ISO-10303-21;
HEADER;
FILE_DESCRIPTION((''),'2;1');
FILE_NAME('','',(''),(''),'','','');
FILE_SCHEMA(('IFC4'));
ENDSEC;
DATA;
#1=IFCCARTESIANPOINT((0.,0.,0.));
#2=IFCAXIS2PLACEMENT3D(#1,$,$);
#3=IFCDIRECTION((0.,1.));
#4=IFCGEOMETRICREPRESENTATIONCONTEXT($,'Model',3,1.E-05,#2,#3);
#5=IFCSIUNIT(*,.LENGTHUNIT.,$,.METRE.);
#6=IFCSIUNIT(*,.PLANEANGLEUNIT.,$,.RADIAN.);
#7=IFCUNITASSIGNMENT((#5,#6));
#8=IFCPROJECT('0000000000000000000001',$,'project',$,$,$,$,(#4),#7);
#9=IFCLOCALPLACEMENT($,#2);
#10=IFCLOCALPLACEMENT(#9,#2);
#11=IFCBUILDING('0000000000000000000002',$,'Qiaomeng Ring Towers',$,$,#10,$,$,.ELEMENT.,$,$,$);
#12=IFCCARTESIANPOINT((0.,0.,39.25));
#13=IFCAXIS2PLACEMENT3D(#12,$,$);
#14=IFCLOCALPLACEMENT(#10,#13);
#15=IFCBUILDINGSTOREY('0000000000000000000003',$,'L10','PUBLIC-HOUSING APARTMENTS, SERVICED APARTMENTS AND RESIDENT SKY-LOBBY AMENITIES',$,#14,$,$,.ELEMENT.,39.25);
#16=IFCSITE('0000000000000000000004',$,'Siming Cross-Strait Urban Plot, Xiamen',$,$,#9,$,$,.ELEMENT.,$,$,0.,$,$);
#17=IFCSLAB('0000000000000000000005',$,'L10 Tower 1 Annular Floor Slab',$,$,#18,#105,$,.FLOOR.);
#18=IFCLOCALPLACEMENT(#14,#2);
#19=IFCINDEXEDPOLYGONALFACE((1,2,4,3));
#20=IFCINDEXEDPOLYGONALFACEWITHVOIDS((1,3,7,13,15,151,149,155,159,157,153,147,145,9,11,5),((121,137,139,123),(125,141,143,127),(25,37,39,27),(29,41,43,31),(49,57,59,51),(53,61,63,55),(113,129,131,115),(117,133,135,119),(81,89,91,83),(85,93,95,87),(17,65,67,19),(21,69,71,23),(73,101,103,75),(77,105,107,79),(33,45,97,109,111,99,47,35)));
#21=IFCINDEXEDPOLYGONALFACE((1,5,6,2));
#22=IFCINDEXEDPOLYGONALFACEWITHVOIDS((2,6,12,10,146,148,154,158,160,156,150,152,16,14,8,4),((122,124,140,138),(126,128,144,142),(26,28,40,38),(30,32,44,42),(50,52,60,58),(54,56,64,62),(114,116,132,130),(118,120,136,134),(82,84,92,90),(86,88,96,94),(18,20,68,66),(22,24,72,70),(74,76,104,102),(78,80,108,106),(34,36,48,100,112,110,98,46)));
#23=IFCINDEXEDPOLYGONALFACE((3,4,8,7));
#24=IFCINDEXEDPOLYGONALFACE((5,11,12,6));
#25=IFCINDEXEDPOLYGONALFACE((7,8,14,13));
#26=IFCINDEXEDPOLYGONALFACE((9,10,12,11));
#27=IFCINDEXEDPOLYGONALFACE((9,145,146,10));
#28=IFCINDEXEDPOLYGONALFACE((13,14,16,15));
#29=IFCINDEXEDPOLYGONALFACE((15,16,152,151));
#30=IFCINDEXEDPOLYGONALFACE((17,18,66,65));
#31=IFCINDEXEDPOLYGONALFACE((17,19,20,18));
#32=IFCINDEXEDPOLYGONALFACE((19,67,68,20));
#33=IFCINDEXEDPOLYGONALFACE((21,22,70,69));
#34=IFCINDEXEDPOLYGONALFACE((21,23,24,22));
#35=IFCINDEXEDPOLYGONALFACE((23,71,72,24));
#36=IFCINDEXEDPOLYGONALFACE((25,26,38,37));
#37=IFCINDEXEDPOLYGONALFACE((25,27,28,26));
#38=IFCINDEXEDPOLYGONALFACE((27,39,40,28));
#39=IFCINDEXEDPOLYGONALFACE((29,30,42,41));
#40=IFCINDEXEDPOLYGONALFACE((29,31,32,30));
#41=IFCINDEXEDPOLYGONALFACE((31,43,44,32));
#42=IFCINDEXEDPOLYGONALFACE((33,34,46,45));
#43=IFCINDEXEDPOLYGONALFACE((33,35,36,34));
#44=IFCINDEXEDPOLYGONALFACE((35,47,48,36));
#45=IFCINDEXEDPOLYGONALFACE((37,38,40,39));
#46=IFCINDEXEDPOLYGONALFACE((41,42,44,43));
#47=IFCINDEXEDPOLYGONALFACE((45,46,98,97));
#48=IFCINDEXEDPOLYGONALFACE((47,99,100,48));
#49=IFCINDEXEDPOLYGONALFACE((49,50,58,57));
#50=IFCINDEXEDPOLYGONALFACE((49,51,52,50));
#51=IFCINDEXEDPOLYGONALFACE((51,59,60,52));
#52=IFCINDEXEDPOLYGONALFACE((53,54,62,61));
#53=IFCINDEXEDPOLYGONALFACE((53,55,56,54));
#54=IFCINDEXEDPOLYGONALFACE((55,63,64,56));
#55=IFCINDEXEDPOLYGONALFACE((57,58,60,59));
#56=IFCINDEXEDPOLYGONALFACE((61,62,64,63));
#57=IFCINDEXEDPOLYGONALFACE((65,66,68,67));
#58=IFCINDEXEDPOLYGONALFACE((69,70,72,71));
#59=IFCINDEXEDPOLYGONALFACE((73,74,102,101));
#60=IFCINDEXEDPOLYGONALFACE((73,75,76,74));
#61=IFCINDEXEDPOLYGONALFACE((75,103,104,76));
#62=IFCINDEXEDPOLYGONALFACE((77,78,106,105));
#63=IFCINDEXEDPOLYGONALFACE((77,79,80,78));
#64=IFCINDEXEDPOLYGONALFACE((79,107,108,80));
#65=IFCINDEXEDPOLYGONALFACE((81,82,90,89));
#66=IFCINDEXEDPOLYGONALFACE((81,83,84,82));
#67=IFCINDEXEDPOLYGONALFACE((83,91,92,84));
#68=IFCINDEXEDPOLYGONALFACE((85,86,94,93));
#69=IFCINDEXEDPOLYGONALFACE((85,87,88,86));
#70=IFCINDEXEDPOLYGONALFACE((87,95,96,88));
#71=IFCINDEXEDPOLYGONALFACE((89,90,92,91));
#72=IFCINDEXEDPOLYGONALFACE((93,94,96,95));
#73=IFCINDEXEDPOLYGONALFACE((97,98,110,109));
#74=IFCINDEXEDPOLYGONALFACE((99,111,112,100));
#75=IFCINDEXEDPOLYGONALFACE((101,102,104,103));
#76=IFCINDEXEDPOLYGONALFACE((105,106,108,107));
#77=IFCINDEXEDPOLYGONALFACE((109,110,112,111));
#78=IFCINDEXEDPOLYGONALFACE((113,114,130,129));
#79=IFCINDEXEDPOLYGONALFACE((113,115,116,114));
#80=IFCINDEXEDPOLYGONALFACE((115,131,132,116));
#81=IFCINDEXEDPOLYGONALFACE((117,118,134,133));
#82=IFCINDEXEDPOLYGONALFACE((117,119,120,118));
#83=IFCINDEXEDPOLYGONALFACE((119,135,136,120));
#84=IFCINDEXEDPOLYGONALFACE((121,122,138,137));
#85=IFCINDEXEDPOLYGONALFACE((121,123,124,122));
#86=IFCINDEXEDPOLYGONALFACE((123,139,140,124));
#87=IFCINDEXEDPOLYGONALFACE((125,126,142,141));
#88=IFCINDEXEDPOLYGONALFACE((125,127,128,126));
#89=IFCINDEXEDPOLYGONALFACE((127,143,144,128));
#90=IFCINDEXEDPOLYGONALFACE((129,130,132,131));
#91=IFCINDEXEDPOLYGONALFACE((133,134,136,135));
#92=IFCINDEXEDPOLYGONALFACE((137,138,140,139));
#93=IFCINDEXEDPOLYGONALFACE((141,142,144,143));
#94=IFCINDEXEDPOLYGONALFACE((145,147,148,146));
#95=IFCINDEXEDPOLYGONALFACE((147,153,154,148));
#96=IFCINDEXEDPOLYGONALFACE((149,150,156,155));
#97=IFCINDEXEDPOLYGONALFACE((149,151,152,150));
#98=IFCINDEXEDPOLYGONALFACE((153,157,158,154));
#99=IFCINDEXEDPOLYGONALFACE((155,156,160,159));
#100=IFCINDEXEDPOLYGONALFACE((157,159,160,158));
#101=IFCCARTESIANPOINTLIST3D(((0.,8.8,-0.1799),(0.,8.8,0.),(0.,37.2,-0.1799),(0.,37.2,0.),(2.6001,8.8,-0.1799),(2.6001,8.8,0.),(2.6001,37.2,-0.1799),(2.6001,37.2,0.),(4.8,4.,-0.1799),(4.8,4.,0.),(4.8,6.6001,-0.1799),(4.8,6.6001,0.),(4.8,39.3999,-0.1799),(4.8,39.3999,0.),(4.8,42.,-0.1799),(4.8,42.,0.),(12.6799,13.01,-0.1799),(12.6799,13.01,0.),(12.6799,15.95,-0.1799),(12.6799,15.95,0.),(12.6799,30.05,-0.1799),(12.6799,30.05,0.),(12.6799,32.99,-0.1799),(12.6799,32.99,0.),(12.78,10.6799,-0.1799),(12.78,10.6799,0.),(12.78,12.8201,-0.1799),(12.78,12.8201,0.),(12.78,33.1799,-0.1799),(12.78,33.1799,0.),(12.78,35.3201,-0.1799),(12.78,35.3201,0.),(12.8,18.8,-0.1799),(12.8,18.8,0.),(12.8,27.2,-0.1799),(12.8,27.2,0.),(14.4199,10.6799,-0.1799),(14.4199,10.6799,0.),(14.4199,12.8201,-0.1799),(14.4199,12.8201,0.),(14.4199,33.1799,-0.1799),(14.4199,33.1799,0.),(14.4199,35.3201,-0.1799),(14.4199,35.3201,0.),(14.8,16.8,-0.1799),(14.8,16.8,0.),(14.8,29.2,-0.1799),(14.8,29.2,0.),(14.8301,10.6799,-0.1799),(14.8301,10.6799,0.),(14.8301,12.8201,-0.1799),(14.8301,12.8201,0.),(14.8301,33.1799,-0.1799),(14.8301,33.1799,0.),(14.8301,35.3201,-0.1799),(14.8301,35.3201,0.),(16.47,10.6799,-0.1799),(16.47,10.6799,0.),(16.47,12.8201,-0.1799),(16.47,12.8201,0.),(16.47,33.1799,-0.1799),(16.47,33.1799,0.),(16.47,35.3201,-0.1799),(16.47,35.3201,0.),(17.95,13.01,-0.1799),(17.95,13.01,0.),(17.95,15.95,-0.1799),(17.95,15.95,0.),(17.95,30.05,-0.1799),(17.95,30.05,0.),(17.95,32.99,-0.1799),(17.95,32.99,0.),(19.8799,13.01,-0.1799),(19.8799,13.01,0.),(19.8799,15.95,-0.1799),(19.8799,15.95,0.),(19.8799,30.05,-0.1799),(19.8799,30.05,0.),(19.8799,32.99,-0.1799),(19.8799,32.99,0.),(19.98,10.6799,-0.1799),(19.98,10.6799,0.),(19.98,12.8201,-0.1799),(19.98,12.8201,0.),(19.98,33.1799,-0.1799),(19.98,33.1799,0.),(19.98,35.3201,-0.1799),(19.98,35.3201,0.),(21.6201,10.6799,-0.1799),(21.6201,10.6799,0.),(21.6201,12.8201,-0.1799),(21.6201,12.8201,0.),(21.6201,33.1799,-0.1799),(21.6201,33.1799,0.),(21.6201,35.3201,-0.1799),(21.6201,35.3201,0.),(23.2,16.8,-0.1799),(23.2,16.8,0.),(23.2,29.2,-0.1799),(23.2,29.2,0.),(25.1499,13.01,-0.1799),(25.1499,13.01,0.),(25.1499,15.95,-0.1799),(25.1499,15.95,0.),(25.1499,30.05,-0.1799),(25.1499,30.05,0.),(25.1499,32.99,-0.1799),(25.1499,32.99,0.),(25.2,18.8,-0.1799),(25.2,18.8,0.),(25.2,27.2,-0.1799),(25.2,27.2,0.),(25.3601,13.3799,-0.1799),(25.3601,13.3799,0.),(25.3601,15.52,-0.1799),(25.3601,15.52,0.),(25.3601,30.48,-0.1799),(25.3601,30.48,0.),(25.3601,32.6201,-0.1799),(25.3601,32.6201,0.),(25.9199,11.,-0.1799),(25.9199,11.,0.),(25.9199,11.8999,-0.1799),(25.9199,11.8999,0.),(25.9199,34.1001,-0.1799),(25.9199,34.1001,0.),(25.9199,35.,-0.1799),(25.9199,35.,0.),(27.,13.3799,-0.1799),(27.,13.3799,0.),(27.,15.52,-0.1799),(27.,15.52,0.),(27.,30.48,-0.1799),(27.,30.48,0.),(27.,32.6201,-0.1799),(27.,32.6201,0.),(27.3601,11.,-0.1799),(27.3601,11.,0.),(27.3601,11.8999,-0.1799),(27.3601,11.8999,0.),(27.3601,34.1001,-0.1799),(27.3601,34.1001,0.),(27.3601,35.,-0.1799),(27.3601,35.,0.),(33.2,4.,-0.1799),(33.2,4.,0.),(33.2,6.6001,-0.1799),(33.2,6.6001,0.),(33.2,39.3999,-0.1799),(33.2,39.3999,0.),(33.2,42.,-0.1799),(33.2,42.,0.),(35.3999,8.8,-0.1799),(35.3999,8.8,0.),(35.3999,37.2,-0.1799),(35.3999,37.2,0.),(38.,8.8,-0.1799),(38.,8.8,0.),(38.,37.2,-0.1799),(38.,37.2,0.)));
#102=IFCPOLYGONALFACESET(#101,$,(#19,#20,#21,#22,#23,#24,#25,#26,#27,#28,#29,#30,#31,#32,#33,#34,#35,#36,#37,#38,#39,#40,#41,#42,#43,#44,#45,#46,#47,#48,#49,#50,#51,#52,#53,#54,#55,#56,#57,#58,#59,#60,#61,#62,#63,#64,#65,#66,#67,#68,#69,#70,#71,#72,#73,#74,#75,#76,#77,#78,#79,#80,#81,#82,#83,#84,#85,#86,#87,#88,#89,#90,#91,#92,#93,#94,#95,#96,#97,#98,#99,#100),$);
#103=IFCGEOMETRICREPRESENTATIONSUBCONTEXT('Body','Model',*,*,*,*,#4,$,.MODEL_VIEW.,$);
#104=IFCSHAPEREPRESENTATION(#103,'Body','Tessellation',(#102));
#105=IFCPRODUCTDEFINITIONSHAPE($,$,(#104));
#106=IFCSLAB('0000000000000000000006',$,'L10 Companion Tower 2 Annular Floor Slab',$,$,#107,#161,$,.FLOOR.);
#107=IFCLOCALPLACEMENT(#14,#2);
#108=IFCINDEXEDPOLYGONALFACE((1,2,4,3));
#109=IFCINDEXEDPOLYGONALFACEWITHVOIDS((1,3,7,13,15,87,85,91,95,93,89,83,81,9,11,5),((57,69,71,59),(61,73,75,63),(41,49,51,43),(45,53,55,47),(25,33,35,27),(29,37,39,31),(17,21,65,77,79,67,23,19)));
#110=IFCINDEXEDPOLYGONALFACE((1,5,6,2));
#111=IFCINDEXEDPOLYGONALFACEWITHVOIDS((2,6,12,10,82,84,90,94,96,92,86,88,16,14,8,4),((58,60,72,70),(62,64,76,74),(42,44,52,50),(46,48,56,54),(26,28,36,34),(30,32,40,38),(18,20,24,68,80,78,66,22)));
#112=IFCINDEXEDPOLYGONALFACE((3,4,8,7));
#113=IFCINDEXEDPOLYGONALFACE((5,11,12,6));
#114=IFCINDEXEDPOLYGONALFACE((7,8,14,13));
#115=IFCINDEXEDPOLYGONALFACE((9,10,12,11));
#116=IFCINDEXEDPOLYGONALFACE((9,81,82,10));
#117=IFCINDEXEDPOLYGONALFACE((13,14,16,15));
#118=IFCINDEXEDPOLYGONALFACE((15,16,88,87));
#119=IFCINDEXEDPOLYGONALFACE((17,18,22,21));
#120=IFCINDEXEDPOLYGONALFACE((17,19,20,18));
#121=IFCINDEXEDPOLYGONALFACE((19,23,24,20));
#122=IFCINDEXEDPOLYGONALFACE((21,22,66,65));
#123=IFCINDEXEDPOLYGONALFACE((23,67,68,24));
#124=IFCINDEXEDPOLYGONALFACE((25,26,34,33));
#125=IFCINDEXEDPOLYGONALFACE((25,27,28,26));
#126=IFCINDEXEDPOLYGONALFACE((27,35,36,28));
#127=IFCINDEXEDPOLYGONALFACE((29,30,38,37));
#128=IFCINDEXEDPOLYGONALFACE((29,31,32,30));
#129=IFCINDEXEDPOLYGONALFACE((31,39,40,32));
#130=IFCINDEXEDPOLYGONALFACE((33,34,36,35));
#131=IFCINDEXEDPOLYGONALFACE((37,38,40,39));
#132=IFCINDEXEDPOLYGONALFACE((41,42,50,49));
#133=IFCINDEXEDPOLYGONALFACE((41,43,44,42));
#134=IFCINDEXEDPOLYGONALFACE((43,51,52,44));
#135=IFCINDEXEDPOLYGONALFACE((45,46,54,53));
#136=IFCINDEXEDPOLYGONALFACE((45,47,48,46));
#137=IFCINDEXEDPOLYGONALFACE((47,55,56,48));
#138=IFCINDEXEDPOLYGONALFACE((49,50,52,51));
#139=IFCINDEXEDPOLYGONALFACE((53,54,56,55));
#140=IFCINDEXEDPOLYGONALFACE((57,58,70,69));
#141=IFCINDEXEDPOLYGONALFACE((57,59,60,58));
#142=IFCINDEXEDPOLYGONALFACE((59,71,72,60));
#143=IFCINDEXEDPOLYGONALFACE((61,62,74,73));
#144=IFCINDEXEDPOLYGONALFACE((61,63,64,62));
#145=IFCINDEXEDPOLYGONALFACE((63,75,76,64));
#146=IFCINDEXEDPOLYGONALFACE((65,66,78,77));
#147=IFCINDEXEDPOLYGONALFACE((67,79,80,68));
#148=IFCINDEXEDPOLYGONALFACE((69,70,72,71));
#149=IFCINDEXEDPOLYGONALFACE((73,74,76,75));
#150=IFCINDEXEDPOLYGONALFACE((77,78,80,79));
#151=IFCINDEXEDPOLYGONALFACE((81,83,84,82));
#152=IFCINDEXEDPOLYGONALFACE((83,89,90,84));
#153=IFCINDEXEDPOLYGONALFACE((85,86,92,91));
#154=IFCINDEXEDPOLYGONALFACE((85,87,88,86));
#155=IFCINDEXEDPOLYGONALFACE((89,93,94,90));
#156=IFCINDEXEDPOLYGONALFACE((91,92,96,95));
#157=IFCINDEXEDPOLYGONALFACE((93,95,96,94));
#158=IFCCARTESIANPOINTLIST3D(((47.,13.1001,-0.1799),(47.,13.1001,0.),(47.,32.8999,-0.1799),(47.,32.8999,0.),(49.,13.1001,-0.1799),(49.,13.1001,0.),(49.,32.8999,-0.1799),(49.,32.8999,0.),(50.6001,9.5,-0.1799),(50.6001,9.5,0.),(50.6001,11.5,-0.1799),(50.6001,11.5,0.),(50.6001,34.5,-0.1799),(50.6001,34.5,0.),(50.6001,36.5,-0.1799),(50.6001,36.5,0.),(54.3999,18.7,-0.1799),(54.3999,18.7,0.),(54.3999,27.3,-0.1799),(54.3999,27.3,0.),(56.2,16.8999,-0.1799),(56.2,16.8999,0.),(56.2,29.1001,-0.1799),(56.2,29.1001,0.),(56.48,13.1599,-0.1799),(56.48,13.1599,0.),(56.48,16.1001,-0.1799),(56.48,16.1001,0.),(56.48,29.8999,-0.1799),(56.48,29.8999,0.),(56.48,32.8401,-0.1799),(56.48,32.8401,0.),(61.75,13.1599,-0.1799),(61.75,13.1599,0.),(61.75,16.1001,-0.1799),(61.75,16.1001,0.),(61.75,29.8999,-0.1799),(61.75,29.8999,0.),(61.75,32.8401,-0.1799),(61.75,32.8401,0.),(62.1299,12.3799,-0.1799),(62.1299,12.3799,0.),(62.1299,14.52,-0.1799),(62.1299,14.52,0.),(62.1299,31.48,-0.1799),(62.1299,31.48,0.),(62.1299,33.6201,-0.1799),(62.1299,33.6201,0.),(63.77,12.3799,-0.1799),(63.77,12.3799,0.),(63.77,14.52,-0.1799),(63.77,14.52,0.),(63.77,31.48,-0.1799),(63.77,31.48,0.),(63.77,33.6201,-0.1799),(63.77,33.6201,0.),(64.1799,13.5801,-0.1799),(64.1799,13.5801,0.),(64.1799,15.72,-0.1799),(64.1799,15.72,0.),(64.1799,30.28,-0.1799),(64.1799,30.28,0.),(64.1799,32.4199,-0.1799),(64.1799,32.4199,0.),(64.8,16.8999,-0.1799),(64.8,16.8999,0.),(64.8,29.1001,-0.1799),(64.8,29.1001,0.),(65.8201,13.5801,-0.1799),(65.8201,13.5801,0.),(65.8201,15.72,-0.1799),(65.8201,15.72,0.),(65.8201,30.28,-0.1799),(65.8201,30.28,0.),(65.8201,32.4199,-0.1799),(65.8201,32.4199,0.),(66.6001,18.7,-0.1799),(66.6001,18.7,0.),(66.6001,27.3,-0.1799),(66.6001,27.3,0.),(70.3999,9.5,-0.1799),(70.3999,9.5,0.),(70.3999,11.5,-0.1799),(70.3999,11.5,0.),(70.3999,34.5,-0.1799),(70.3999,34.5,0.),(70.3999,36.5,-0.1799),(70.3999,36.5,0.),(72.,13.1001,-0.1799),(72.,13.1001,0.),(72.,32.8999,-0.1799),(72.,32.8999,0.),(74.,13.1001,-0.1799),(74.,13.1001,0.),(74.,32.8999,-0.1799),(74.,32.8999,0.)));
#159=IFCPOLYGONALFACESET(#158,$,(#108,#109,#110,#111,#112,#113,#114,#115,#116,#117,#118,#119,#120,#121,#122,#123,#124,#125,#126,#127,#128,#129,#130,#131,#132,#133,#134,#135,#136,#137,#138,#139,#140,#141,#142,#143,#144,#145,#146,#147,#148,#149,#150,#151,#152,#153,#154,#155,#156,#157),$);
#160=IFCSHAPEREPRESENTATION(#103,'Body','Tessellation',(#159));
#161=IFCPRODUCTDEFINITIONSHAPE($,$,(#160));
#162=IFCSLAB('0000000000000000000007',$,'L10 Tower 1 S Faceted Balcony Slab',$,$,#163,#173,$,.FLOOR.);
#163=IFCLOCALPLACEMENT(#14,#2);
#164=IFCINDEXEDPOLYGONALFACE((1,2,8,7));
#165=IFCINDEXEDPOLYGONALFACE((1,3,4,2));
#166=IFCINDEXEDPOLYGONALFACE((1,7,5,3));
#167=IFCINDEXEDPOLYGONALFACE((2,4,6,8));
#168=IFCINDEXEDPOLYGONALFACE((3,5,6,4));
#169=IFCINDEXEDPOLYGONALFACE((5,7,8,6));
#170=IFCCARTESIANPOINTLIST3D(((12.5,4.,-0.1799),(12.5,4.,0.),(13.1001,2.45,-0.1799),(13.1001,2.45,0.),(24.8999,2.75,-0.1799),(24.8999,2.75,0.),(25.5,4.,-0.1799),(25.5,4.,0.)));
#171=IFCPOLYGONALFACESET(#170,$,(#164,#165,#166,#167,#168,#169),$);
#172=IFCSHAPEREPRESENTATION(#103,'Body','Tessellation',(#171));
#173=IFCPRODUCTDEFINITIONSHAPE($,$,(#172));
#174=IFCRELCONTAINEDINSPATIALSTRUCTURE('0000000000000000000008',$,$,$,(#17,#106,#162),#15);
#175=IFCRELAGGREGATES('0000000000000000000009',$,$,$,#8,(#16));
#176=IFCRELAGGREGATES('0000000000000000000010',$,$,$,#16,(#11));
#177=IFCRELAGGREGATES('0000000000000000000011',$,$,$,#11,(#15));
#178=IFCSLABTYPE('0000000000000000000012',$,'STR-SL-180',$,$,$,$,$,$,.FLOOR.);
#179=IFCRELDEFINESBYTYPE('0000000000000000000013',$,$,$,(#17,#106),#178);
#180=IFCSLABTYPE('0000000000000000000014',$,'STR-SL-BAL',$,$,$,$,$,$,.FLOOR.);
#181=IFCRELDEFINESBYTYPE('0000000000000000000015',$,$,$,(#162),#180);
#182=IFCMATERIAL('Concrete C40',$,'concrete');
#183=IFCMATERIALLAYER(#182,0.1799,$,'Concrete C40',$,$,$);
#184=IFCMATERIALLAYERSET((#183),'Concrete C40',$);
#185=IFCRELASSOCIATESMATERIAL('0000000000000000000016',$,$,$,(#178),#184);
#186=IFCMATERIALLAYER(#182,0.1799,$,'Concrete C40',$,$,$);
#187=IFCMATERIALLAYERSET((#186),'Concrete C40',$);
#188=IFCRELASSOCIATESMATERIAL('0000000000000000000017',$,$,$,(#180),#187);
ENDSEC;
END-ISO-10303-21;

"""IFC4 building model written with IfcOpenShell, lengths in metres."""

from ifc_helpers import new_model, si_unit, direction, frame, origin, place, context, subcontext, project, spatial, polyline, outline, extrude, material, layer, layer_set, type_object, element, save


model = new_model("IFC4")

# Units and contexts
model_context = context("Model", 3, precision=1e-05, world=origin(), true_north=direction((0.0, 1.0)))
body_context = subcontext(model_context, "Body", "Model", "MODEL_VIEW")
ifc_project = project(units=[si_unit("LENGTHUNIT", "METRE"), si_unit("PLANEANGLEUNIT", "RADIAN")], contexts=[model_context])

# Site, building, storey
site_placement = place(None, origin())
site = spatial("IfcSite", under=ifc_project, at=site_placement, Name="Siming Cross-Strait Urban Plot, Xiamen", CompositionType="ELEMENT", RefElevation=0.0)
building_placement = place(site_placement, origin())
building = spatial("IfcBuilding", under=site, at=building_placement, Name="Qiaomeng Ring Towers", CompositionType="ELEMENT")
storey_placement = place(building_placement, frame((0.0, 0.0, 39.25)))
storey = spatial("IfcBuildingStorey", under=building, at=storey_placement, Name="L10", Description="PUBLIC-HOUSING APARTMENTS, SERVICED APARTMENTS AND RESIDENT SKY-LOBBY AMENITIES", CompositionType="ELEMENT", Elevation=39.25)

# Slabs
ifc_material_1 = material(Name="Concrete C40", Category="concrete")
ifc_layer_1 = layer(ifc_material_1, 0.1799, Name="Concrete C40")
ifc_layer_set_1 = layer_set([ifc_layer_1], Name="Concrete C40")
slab_type_1 = type_object("IfcSlabType", Name="STR-SL-180", PredefinedType="FLOOR", material=ifc_layer_set_1)
slab_1_placement = place(storey_placement, frame((0.0, 0.0, -0.1799)))
element("IfcSlab", 1, at=slab_1_placement, inside=storey, type_object=slab_type_1, Name="L10 Tower 1 Annular Floor Slab", PredefinedType="FLOOR", context=body_context, shape_type="SweptSolid", body=[
    extrude(outline(polyline([(4.8, 4.0), (33.2, 4.0), (33.2, 6.6001), (35.3999, 8.8), (38.0, 8.8), (38.0, 37.2), (35.3999, 37.2), (33.2, 39.3999), (33.2, 42.0), (4.8, 42.0), (4.8, 39.3999), (2.6001, 37.2), (0.0, 37.2), (0.0, 8.8), (2.6001, 8.8), (4.8, 6.6001), (4.8, 4.0)]), holes=[polyline([(12.78, 10.6799), (12.78, 12.8201), (14.4199, 12.8201), (14.4199, 10.6799), (12.78, 10.6799)]), polyline([(14.8301, 12.8201), (16.47, 12.8201), (16.47, 10.6799), (14.8301, 10.6799), (14.8301, 12.8201)]), polyline([(12.6799, 15.95), (17.95, 15.95), (17.95, 13.01), (12.6799, 13.01), (12.6799, 15.95)]), polyline([(25.2, 27.2), (25.2, 18.8), (23.2, 16.8), (14.8, 16.8), (12.8, 18.8), (12.8, 27.2), (14.8, 29.2), (23.2, 29.2), (25.2, 27.2)]), polyline([(12.6799, 32.99), (17.95, 32.99), (17.95, 30.05), (12.6799, 30.05), (12.6799, 32.99)]), polyline([(12.78, 35.3201), (14.4199, 35.3201), (14.4199, 33.1799), (12.78, 33.1799), (12.78, 35.3201)]), polyline([(14.8301, 35.3201), (16.47, 35.3201), (16.47, 33.1799), (14.8301, 33.1799), (14.8301, 35.3201)]), polyline([(19.98, 35.3201), (21.6201, 35.3201), (21.6201, 33.1799), (19.98, 33.1799), (19.98, 35.3201)]), polyline([(25.9199, 11.8999), (27.3601, 11.8999), (27.3601, 11.0), (25.9199, 11.0), (25.9199, 11.8999)]), polyline([(19.98, 12.8201), (21.6201, 12.8201), (21.6201, 10.6799), (19.98, 10.6799), (19.98, 12.8201)]), polyline([(25.3601, 15.52), (27.0, 15.52), (27.0, 13.3799), (25.3601, 13.3799), (25.3601, 15.52)]), polyline([(19.8799, 15.95), (25.1499, 15.95), (25.1499, 13.01), (19.8799, 13.01), (19.8799, 15.95)]), polyline([(19.8799, 32.99), (25.1499, 32.99), (25.1499, 30.05), (19.8799, 30.05), (19.8799, 32.99)]), polyline([(25.3601, 32.6201), (27.0, 32.6201), (27.0, 30.48), (25.3601, 30.48), (25.3601, 32.6201)]), polyline([(25.9199, 35.0), (27.3601, 35.0), (27.3601, 34.1001), (25.9199, 34.1001), (25.9199, 35.0)])]), origin(), (0.0, 0.0, 1.0), 0.1799),
])
slab_2_placement = place(storey_placement, frame((0.0, 0.0, -0.1799)))
element("IfcSlab", 2, at=slab_2_placement, inside=storey, type_object=slab_type_1, Name="L10 Companion Tower 2 Annular Floor Slab", PredefinedType="FLOOR", context=body_context, shape_type="SweptSolid", body=[
    extrude(outline(polyline([(50.6001, 9.5), (70.3999, 9.5), (70.3999, 11.5), (72.0, 13.1001), (74.0, 13.1001), (74.0, 32.8999), (72.0, 32.8999), (70.3999, 34.5), (70.3999, 36.5), (50.6001, 36.5), (50.6001, 34.5), (49.0, 32.8999), (47.0, 32.8999), (47.0, 13.1001), (49.0, 13.1001), (50.6001, 11.5), (50.6001, 9.5)]), holes=[polyline([(62.1299, 12.3799), (62.1299, 14.52), (63.77, 14.52), (63.77, 12.3799), (62.1299, 12.3799)]), polyline([(56.48, 13.1599), (56.48, 16.1001), (61.75, 16.1001), (61.75, 13.1599), (56.48, 13.1599)]), polyline([(64.1799, 13.5801), (64.1799, 15.72), (65.8201, 15.72), (65.8201, 13.5801), (64.1799, 13.5801)]), polyline([(64.8, 29.1001), (66.6001, 27.3), (66.6001, 18.7), (64.8, 16.8999), (56.2, 16.8999), (54.3999, 18.7), (54.3999, 27.3), (56.2, 29.1001), (64.8, 29.1001)]), polyline([(64.1799, 30.28), (64.1799, 32.4199), (65.8201, 32.4199), (65.8201, 30.28), (64.1799, 30.28)]), polyline([(56.48, 32.8401), (61.75, 32.8401), (61.75, 29.8999), (56.48, 29.8999), (56.48, 32.8401)]), polyline([(62.1299, 33.6201), (63.77, 33.6201), (63.77, 31.48), (62.1299, 31.48), (62.1299, 33.6201)])]), origin(), (0.0, 0.0, 1.0), 0.1799),
])
ifc_layer_2 = layer(ifc_material_1, 0.1799, Name="Concrete C40")
ifc_layer_set_2 = layer_set([ifc_layer_2], Name="Concrete C40")
slab_type_2 = type_object("IfcSlabType", Name="STR-SL-BAL", PredefinedType="FLOOR", material=ifc_layer_set_2)
slab_3_placement = place(storey_placement, frame((0.0, 0.0, -0.1799)))
element("IfcSlab", 3, at=slab_3_placement, inside=storey, type_object=slab_type_2, Name="L10 Tower 1 S Faceted Balcony Slab", PredefinedType="FLOOR", context=body_context, shape_type="SweptSolid", body=[
    extrude(outline(polyline([(24.8999, 2.75), (13.1001, 2.45), (12.5, 4.0), (25.5, 4.0), (24.8999, 2.75)])), origin(), (0.0, 0.0, 1.0), 0.1799),
])

save(model, "model.ifc")
